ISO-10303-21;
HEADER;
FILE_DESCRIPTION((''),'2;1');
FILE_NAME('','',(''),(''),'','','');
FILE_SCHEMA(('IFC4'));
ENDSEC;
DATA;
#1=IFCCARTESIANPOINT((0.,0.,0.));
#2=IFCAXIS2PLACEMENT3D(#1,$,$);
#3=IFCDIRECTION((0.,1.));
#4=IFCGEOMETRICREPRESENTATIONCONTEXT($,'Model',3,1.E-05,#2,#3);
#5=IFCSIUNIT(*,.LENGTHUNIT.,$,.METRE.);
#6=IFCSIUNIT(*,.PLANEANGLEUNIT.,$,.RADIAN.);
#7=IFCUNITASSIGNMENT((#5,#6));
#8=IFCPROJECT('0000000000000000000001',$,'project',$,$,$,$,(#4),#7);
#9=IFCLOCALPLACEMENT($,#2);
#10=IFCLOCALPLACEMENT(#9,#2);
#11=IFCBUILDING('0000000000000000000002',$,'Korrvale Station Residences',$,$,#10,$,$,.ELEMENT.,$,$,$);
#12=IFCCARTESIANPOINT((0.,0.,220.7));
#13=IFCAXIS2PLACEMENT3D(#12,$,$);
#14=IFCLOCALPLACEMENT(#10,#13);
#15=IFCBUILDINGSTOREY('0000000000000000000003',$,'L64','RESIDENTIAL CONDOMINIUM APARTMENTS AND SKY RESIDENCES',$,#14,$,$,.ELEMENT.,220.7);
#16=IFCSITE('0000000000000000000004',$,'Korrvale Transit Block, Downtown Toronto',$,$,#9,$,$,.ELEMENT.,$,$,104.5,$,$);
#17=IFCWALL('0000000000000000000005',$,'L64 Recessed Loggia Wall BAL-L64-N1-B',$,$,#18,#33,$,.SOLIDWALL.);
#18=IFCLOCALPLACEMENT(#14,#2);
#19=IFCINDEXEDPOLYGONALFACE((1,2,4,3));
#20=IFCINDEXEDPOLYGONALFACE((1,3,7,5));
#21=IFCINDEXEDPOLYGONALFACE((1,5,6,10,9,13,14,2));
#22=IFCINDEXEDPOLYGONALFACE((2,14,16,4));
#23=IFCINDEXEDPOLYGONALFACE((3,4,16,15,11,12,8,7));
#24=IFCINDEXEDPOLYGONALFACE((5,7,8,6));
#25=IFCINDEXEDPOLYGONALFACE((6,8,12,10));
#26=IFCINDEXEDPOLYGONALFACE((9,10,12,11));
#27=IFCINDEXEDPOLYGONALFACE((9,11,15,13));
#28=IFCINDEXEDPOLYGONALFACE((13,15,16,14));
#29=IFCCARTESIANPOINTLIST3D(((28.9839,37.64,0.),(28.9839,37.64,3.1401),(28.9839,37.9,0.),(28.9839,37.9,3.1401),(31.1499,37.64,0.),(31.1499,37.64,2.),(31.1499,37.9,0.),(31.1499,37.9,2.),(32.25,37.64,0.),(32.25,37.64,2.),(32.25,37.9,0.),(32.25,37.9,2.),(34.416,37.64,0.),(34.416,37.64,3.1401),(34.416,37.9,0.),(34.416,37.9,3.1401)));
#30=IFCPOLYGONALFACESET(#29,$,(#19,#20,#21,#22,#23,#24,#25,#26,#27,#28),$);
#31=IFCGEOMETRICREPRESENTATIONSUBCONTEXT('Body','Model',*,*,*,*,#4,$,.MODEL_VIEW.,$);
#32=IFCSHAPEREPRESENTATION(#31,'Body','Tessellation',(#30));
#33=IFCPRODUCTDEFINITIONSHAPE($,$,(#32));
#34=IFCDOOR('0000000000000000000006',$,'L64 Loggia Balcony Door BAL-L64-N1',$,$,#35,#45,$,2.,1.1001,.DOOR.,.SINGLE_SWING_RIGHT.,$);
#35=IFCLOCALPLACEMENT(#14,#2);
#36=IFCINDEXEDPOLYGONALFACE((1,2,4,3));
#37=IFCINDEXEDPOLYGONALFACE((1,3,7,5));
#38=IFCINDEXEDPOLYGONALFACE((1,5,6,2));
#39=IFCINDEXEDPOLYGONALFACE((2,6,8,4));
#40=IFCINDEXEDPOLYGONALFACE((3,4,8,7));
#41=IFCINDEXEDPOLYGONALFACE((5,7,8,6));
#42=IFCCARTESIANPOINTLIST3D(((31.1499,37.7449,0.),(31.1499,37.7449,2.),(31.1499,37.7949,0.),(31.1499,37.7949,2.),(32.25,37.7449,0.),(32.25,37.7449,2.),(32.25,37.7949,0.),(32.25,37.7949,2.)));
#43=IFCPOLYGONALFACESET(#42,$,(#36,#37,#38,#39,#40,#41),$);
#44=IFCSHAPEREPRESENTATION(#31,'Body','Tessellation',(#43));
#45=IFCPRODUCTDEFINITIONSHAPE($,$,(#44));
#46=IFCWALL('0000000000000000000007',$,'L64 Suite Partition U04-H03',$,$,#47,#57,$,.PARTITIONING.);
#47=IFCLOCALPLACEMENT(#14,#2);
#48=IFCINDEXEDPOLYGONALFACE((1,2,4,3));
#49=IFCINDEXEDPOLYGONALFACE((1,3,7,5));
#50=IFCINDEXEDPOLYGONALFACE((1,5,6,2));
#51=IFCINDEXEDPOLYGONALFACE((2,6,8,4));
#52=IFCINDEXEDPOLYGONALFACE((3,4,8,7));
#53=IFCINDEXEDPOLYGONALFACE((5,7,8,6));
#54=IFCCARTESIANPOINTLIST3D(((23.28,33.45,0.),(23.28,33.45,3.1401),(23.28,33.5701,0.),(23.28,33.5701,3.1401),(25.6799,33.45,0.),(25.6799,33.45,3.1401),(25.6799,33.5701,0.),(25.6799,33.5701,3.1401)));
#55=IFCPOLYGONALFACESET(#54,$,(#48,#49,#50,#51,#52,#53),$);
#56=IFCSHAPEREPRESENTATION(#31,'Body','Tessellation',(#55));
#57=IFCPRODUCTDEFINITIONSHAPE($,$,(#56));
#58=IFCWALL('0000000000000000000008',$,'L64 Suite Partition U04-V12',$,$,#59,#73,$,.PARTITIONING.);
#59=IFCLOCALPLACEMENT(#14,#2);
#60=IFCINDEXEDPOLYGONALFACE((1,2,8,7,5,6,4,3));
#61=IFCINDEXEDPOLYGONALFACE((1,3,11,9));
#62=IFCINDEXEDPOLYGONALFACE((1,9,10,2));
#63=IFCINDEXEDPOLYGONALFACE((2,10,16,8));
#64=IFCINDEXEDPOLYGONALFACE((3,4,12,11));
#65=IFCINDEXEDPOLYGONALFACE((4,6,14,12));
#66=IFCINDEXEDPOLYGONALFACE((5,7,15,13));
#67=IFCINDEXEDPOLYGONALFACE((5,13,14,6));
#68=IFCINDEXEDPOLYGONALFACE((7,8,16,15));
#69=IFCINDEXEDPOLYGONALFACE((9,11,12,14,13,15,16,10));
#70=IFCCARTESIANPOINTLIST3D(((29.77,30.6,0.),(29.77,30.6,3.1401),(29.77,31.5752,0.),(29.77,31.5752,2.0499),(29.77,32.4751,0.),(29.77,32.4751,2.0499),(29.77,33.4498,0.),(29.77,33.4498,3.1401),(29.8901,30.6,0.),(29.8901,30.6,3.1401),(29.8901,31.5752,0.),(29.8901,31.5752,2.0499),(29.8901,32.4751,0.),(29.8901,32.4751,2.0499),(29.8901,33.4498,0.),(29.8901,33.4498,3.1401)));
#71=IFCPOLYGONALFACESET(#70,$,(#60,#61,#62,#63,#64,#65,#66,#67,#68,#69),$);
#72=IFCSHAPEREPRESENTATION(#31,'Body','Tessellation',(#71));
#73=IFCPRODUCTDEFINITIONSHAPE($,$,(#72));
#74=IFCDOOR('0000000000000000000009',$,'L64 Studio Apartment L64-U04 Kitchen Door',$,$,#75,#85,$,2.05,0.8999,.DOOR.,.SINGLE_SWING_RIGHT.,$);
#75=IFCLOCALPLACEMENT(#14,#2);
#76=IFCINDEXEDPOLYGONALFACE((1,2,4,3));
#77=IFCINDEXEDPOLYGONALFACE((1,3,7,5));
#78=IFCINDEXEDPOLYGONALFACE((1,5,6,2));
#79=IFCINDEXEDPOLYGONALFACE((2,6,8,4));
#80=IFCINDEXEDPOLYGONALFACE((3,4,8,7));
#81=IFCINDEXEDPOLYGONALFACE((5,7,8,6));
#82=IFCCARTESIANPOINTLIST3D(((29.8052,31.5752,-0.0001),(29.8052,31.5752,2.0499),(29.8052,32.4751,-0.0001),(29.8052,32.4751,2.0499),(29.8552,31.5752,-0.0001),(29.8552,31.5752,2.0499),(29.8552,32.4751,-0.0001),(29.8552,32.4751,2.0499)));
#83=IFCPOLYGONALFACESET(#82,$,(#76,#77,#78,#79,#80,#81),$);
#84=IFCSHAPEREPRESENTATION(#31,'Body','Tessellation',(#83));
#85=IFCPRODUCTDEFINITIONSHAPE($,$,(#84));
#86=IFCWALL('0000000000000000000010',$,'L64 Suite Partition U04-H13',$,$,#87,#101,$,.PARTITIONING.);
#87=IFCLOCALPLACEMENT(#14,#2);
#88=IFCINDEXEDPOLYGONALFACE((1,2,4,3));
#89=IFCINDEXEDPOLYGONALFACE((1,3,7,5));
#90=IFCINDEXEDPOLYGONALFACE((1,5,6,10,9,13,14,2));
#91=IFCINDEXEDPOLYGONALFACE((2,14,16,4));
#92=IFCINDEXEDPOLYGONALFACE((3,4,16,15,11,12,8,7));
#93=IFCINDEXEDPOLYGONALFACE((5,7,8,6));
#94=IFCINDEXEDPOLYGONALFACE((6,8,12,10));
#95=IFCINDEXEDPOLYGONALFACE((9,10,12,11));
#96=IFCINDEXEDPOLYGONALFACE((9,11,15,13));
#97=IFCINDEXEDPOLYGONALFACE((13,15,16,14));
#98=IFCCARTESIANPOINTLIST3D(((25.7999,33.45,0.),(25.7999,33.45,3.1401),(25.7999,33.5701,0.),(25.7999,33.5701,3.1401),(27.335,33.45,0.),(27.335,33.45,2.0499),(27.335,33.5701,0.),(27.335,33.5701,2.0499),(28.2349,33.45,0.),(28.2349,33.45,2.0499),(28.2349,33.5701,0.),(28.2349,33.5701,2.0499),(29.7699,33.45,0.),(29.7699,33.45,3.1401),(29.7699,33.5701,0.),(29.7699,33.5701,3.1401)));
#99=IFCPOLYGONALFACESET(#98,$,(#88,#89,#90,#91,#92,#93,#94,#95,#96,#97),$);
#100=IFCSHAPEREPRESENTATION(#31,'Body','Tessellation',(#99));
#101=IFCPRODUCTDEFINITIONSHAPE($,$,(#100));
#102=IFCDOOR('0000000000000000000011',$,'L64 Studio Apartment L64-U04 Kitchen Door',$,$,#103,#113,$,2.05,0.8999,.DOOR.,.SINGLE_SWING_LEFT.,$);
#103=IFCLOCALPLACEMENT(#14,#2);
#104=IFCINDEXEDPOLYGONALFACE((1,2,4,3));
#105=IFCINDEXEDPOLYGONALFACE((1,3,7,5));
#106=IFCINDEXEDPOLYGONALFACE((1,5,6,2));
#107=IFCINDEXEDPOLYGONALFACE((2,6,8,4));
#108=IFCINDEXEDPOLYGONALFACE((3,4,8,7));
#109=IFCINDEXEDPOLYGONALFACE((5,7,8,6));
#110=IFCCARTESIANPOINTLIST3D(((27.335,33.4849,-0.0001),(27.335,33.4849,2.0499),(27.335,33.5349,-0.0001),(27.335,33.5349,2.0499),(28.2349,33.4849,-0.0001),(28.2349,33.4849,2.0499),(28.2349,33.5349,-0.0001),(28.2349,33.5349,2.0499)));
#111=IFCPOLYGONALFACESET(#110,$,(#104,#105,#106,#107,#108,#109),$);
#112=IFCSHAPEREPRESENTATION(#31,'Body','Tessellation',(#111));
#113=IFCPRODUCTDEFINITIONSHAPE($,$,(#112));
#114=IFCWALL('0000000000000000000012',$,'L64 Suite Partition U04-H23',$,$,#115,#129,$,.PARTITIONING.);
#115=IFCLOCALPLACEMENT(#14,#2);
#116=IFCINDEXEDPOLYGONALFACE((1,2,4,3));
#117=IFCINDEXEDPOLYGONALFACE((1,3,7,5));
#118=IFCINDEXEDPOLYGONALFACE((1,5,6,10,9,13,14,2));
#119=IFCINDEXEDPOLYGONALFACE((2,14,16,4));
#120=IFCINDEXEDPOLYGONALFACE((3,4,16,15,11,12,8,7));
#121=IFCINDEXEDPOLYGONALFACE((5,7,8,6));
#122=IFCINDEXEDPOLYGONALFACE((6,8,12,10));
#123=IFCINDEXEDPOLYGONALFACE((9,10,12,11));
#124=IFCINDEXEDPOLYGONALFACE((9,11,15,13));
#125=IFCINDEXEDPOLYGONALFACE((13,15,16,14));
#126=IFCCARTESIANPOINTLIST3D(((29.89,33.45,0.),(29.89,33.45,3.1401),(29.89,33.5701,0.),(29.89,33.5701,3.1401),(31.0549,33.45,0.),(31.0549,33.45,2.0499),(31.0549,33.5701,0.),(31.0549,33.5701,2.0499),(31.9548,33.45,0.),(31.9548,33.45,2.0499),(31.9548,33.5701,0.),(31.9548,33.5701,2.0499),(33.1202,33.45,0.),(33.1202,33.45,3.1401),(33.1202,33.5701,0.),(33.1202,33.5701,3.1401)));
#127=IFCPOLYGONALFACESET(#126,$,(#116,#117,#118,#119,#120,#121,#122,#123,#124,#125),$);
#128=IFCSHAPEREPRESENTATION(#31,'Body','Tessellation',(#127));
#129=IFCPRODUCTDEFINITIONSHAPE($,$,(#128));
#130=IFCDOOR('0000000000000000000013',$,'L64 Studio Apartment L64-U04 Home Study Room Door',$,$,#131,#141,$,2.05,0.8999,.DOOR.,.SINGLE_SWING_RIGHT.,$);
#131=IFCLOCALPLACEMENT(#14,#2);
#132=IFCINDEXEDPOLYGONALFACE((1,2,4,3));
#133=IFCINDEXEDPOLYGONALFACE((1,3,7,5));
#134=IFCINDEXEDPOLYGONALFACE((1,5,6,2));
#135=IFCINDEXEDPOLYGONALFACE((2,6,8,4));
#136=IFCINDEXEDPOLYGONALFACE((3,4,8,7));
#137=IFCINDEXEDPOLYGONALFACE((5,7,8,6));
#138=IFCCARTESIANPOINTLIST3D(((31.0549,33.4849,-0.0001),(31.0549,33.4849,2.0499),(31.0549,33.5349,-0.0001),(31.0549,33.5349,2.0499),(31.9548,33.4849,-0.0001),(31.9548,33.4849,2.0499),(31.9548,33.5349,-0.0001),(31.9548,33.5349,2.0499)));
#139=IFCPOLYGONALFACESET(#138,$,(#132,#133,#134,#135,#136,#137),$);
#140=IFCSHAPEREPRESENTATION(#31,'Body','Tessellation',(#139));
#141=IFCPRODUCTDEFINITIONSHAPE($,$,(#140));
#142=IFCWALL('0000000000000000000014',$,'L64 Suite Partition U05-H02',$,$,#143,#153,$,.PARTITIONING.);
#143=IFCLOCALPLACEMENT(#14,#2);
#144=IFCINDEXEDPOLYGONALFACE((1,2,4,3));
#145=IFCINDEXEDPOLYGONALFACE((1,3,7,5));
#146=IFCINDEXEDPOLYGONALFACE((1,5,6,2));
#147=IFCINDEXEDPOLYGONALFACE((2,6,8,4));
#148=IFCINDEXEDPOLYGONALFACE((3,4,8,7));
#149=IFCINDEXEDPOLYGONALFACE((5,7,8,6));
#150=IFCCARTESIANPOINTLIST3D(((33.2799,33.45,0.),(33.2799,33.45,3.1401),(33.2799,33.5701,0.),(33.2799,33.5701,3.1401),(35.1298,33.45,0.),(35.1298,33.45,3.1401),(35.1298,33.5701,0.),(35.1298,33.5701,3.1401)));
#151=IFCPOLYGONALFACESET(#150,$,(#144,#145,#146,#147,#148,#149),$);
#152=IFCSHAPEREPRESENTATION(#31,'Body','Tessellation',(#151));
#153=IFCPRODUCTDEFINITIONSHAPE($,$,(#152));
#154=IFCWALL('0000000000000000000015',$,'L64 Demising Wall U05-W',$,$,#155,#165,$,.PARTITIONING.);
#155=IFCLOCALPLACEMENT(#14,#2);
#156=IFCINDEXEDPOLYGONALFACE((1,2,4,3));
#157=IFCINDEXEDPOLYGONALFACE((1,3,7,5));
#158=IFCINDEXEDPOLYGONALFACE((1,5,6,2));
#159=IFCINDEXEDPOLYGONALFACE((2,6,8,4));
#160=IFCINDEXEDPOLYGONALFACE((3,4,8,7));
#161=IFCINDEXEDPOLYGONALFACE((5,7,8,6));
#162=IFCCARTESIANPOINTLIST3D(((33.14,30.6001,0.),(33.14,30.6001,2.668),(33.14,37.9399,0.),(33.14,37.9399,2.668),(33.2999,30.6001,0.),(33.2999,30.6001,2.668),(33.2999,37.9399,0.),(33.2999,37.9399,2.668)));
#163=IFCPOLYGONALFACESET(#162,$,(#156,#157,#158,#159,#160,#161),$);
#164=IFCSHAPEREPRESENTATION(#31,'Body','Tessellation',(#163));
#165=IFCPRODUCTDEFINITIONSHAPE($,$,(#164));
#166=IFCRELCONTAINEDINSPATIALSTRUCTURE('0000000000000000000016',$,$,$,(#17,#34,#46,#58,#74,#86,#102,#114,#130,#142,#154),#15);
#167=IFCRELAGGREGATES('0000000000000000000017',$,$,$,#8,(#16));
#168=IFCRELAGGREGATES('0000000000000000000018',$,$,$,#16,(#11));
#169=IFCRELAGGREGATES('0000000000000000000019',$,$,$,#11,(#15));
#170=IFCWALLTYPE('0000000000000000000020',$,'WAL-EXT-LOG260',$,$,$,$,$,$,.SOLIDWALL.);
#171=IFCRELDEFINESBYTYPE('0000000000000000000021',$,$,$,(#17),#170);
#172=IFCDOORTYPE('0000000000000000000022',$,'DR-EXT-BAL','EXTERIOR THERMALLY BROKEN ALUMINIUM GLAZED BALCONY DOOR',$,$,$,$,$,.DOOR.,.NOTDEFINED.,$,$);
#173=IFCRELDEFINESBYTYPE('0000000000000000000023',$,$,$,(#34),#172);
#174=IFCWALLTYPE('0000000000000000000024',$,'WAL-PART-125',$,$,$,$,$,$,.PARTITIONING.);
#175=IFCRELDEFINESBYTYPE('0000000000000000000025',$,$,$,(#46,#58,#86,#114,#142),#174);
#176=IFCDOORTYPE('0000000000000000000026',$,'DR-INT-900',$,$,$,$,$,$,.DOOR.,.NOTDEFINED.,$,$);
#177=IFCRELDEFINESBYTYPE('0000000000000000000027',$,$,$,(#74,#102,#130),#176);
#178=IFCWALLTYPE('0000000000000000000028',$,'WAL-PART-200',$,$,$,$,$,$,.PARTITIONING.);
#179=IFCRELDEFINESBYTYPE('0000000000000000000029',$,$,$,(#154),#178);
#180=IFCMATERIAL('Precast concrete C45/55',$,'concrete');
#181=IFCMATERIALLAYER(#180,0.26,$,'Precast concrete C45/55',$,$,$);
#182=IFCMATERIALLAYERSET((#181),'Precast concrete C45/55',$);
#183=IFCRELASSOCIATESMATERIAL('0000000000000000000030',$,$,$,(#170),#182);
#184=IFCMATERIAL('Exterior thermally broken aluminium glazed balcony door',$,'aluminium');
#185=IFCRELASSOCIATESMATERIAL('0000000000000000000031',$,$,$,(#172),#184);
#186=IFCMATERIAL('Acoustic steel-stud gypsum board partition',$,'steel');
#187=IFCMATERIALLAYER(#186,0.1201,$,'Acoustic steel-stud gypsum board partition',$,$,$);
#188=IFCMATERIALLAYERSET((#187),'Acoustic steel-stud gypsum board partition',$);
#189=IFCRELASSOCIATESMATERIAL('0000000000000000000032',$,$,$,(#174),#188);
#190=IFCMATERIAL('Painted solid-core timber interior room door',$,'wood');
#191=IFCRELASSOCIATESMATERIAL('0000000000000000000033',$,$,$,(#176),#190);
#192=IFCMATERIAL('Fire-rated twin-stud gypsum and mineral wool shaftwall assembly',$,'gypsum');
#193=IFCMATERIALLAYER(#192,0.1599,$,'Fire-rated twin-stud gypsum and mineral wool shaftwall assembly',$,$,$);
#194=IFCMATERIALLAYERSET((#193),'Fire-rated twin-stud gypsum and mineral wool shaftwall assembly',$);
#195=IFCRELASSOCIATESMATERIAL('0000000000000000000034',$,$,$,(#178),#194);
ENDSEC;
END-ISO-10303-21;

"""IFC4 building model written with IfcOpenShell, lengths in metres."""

from ifc_helpers import new_model, si_unit, direction, frame, frame_2d, origin, place, context, subcontext, project, spatial, rectangle, extrude, material, layer, layer_set, type_object, element, fill, save


model = new_model("IFC4")

# Units and contexts
model_context = context("Model", 3, precision=1e-05, world=origin(), true_north=direction((0.0, 1.0)))
body_context = subcontext(model_context, "Body", "Model", "MODEL_VIEW")
ifc_project = project(units=[si_unit("LENGTHUNIT", "METRE"), si_unit("PLANEANGLEUNIT", "RADIAN")], contexts=[model_context])

# Site, building, storey
site_placement = place(None, origin())
site = spatial("IfcSite", under=ifc_project, at=site_placement, Name="Korrvale Transit Block, Downtown Toronto", CompositionType="ELEMENT", RefElevation=104.5)
building_placement = place(site_placement, origin())
building = spatial("IfcBuilding", under=site, at=building_placement, Name="Korrvale Station Residences", CompositionType="ELEMENT")
storey_placement = place(building_placement, frame((0.0, 0.0, 220.7)))
storey = spatial("IfcBuildingStorey", under=building, at=storey_placement, Name="L64", Description="RESIDENTIAL CONDOMINIUM APARTMENTS AND SKY RESIDENCES", CompositionType="ELEMENT", Elevation=220.7)

# Shared definitions
ifc_material_1 = material(Name="Precast concrete C45/55", Category="concrete")
ifc_layer_1 = layer(ifc_material_1, 0.26, Name="Precast concrete C45/55")
ifc_layer_set_1 = layer_set([ifc_layer_1], Name="Precast concrete C45/55")
wall_type_1 = type_object("IfcWallType", Name="WAL-EXT-LOG260", PredefinedType="SOLIDWALL", material=ifc_layer_set_1)

# Wall, opening, door
wall_1_placement = place(storey_placement, frame((28.9839, 37.77, 0.0), z_axis=(0.0, 0.0, 1.0), x_axis=(1.0, 0.0, 0.0)))
wall_1 = element("IfcWall", 1, at=wall_1_placement, inside=storey, type_object=wall_type_1, Name="L64 Recessed Loggia Wall BAL-L64-N1-B", PredefinedType="SOLIDWALL", context=body_context, shape_type="SweptSolid", body=[
    extrude(rectangle(XDim=5.4321, YDim=0.26, at=frame_2d((2.7161, 0.0))), origin(), (0.0, 0.0, 1.0), 3.1401),
])
opening_1_placement = place(wall_1_placement, frame((2.166, 0.0, 0.0)))
opening_1 = element("IfcOpeningElement", 2, at=opening_1_placement, cuts=wall_1, PredefinedType="OPENING", context=body_context, shape_type="SweptSolid", body=[
    extrude(rectangle(XDim=1.1001, YDim=2.0, at=frame_2d((0.55, 1.0))), frame((0.0, 0.1401, 0.0), z_axis=(0.0, -1.0, 0.0), x_axis=(1.0, 0.0, 0.0)), (0.0, 0.0, 1.0), 0.28),
])
ifc_material_2 = material(Name="Exterior thermally broken aluminium glazed balcony door", Category="aluminium")
door_type_1 = type_object("IfcDoorType", Name="DR-EXT-BAL", Description="EXTERIOR THERMALLY BROKEN ALUMINIUM GLAZED BALCONY DOOR", OperationType="NOTDEFINED", PredefinedType="DOOR", material=ifc_material_2)
door_1_placement = place(opening_1_placement, origin())
door_1 = element("IfcDoor", 3, at=door_1_placement, inside=storey, type_object=door_type_1, Name="L64 Loggia Balcony Door BAL-L64-N1", OperationType="SINGLE_SWING_RIGHT", OverallHeight=2.0, OverallWidth=1.1001, PredefinedType="DOOR", context=body_context, shape_type="SweptSolid", body=[
    extrude(rectangle(XDim=1.1001, YDim=2.0, at=frame_2d((0.55, 1.0))), frame((0.0, 0.0249, 0.0), z_axis=(0.0, -1.0, 0.0), x_axis=(1.0, 0.0, 0.0)), (0.0, 0.0, 1.0), 0.05),
])
fill(opening_1, door_1)

# Wall
ifc_material_3 = material(Name="Acoustic steel-stud gypsum board partition", Category="steel")
ifc_layer_2 = layer(ifc_material_3, 0.1201, Name="Acoustic steel-stud gypsum board partition")
ifc_layer_set_2 = layer_set([ifc_layer_2], Name="Acoustic steel-stud gypsum board partition")
wall_type_2 = type_object("IfcWallType", Name="WAL-PART-125", PredefinedType="PARTITIONING", material=ifc_layer_set_2)
wall_2_placement = place(storey_placement, frame((23.28, 33.51, 0.0), z_axis=(0.0, 0.0, 1.0), x_axis=(1.0, 0.0, 0.0)))
element("IfcWall", 4, at=wall_2_placement, inside=storey, type_object=wall_type_2, Name="L64 Suite Partition U04-H03", PredefinedType="PARTITIONING", context=body_context, shape_type="SweptSolid", body=[
    extrude(rectangle(XDim=2.3999, YDim=0.1201, at=frame_2d((1.2, 0.0))), origin(), (0.0, 0.0, 1.0), 3.1401),
])

# Walls, openings, doors
wall_3_placement = place(storey_placement, frame((29.8301, 30.6001, 0.0), z_axis=(0.0, 0.0, 1.0), x_axis=(0.0, 1.0, 0.0)))
wall_3 = element("IfcWall", 5, at=wall_3_placement, inside=storey, type_object=wall_type_2, Name="L64 Suite Partition U04-V12", PredefinedType="PARTITIONING", context=body_context, shape_type="SweptSolid", body=[
    extrude(rectangle(XDim=2.8499, YDim=0.1201, at=frame_2d((1.4248, 0.0))), origin(), (0.0, 0.0, 1.0), 3.1401),
])
opening_2_placement = place(wall_3_placement, frame((0.9751, 0.0, 0.0)))
opening_2 = element("IfcOpeningElement", 6, at=opening_2_placement, cuts=wall_3, PredefinedType="OPENING", context=body_context, shape_type="SweptSolid", body=[
    extrude(rectangle(XDim=0.8999, YDim=2.05, at=frame_2d((0.45, 1.0249))), frame((0.0, 0.0701, 0.0), z_axis=(0.0, -1.0, 0.0), x_axis=(1.0, 0.0, 0.0)), (0.0, 0.0, 1.0), 0.1401),
])
ifc_material_4 = material(Name="Painted solid-core timber interior room door", Category="wood")
door_type_2 = type_object("IfcDoorType", Name="DR-INT-900", OperationType="NOTDEFINED", PredefinedType="DOOR", material=ifc_material_4)
door_2_placement = place(opening_2_placement, origin())
door_2 = element("IfcDoor", 7, at=door_2_placement, inside=storey, type_object=door_type_2, Name="L64 Studio Apartment L64-U04 Kitchen Door", OperationType="SINGLE_SWING_RIGHT", OverallHeight=2.05, OverallWidth=0.8999, PredefinedType="DOOR", context=body_context, shape_type="SweptSolid", body=[
    extrude(rectangle(XDim=0.8999, YDim=2.05, at=frame_2d((0.45, 1.0249))), frame((0.0, 0.0249, 0.0), z_axis=(0.0, -1.0, 0.0), x_axis=(1.0, 0.0, 0.0)), (0.0, 0.0, 1.0), 0.05),
])
fill(opening_2, door_2)
wall_4_placement = place(storey_placement, frame((25.8, 33.51, 0.0), z_axis=(0.0, 0.0, 1.0), x_axis=(1.0, 0.0, 0.0)))
wall_4 = element("IfcWall", 8, at=wall_4_placement, inside=storey, type_object=wall_type_2, Name="L64 Suite Partition U04-H13", PredefinedType="PARTITIONING", context=body_context, shape_type="SweptSolid", body=[
    extrude(rectangle(XDim=3.97, YDim=0.1201, at=frame_2d((1.9849, 0.0))), origin(), (0.0, 0.0, 1.0), 3.1401),
])
opening_3_placement = place(wall_4_placement, frame((1.5349, 0.0, 0.0)))
opening_3 = element("IfcOpeningElement", 9, at=opening_3_placement, cuts=wall_4, PredefinedType="OPENING", context=body_context, shape_type="SweptSolid", body=[
    extrude(rectangle(XDim=0.8999, YDim=2.05, at=frame_2d((0.45, 1.0249))), frame((0.0, 0.0701, 0.0), z_axis=(0.0, -1.0, 0.0), x_axis=(1.0, 0.0, 0.0)), (0.0, 0.0, 1.0), 0.1401),
])
door_3_placement = place(opening_3_placement, origin())
door_3 = element("IfcDoor", 10, at=door_3_placement, inside=storey, type_object=door_type_2, Name="L64 Studio Apartment L64-U04 Kitchen Door", OperationType="SINGLE_SWING_LEFT", OverallHeight=2.05, OverallWidth=0.8999, PredefinedType="DOOR", context=body_context, shape_type="SweptSolid", body=[
    extrude(rectangle(XDim=0.8999, YDim=2.05, at=frame_2d((0.45, 1.0249))), frame((0.0, 0.0249, 0.0), z_axis=(0.0, -1.0, 0.0), x_axis=(1.0, 0.0, 0.0)), (0.0, 0.0, 1.0), 0.05),
])
fill(opening_3, door_3)
wall_5_placement = place(storey_placement, frame((29.8899, 33.51, 0.0), z_axis=(0.0, 0.0, 1.0), x_axis=(1.0, 0.0, 0.0)))
wall_5 = element("IfcWall", 11, at=wall_5_placement, inside=storey, type_object=wall_type_2, Name="L64 Suite Partition U04-H23", PredefinedType="PARTITIONING", context=body_context, shape_type="SweptSolid", body=[
    extrude(rectangle(XDim=3.2302, YDim=0.1201, at=frame_2d((1.6152, 0.0))), origin(), (0.0, 0.0, 1.0), 3.1401),
])
opening_4_placement = place(wall_5_placement, frame((1.165, 0.0, 0.0)))
opening_4 = element("IfcOpeningElement", 12, at=opening_4_placement, cuts=wall_5, PredefinedType="OPENING", context=body_context, shape_type="SweptSolid", body=[
    extrude(rectangle(XDim=0.8999, YDim=2.05, at=frame_2d((0.45, 1.0249))), frame((0.0, 0.0701, 0.0), z_axis=(0.0, -1.0, 0.0), x_axis=(1.0, 0.0, 0.0)), (0.0, 0.0, 1.0), 0.1401),
])
door_4_placement = place(opening_4_placement, origin())
door_4 = element("IfcDoor", 13, at=door_4_placement, inside=storey, type_object=door_type_2, Name="L64 Studio Apartment L64-U04 Home Study Room Door", OperationType="SINGLE_SWING_RIGHT", OverallHeight=2.05, OverallWidth=0.8999, PredefinedType="DOOR", context=body_context, shape_type="SweptSolid", body=[
    extrude(rectangle(XDim=0.8999, YDim=2.05, at=frame_2d((0.45, 1.0249))), frame((0.0, 0.0249, 0.0), z_axis=(0.0, -1.0, 0.0), x_axis=(1.0, 0.0, 0.0)), (0.0, 0.0, 1.0), 0.05),
])
fill(opening_4, door_4)

# Walls
wall_6_placement = place(storey_placement, frame((33.28, 33.51, 0.0), z_axis=(0.0, 0.0, 1.0), x_axis=(1.0, 0.0, 0.0)))
element("IfcWall", 14, at=wall_6_placement, inside=storey, type_object=wall_type_2, Name="L64 Suite Partition U05-H02", PredefinedType="PARTITIONING", context=body_context, shape_type="SweptSolid", body=[
    extrude(rectangle(XDim=1.8499, YDim=0.1201, at=frame_2d((0.9248, 0.0))), origin(), (0.0, 0.0, 1.0), 3.1401),
])
ifc_material_5 = material(Name="Fire-rated twin-stud gypsum and mineral wool shaftwall assembly", Category="gypsum")
ifc_layer_3 = layer(ifc_material_5, 0.1599, Name="Fire-rated twin-stud gypsum and mineral wool shaftwall assembly")
ifc_layer_set_3 = layer_set([ifc_layer_3], Name="Fire-rated twin-stud gypsum and mineral wool shaftwall assembly")
wall_type_3 = type_object("IfcWallType", Name="WAL-PART-200", PredefinedType="PARTITIONING", material=ifc_layer_set_3)
wall_7_placement = place(storey_placement, frame((33.22, 30.6001, 0.0), z_axis=(0.0, 0.0, 1.0), x_axis=(0.0, 1.0, 0.0)))
element("IfcWall", 15, at=wall_7_placement, inside=storey, type_object=wall_type_3, Name="L64 Demising Wall U05-W", PredefinedType="PARTITIONING", context=body_context, shape_type="SweptSolid", body=[
    extrude(rectangle(XDim=7.3398, YDim=0.1599, at=frame_2d((3.6699, 0.0))), origin(), (0.0, 0.0, 1.0), 2.668),
])

save(model, "model.ifc")
